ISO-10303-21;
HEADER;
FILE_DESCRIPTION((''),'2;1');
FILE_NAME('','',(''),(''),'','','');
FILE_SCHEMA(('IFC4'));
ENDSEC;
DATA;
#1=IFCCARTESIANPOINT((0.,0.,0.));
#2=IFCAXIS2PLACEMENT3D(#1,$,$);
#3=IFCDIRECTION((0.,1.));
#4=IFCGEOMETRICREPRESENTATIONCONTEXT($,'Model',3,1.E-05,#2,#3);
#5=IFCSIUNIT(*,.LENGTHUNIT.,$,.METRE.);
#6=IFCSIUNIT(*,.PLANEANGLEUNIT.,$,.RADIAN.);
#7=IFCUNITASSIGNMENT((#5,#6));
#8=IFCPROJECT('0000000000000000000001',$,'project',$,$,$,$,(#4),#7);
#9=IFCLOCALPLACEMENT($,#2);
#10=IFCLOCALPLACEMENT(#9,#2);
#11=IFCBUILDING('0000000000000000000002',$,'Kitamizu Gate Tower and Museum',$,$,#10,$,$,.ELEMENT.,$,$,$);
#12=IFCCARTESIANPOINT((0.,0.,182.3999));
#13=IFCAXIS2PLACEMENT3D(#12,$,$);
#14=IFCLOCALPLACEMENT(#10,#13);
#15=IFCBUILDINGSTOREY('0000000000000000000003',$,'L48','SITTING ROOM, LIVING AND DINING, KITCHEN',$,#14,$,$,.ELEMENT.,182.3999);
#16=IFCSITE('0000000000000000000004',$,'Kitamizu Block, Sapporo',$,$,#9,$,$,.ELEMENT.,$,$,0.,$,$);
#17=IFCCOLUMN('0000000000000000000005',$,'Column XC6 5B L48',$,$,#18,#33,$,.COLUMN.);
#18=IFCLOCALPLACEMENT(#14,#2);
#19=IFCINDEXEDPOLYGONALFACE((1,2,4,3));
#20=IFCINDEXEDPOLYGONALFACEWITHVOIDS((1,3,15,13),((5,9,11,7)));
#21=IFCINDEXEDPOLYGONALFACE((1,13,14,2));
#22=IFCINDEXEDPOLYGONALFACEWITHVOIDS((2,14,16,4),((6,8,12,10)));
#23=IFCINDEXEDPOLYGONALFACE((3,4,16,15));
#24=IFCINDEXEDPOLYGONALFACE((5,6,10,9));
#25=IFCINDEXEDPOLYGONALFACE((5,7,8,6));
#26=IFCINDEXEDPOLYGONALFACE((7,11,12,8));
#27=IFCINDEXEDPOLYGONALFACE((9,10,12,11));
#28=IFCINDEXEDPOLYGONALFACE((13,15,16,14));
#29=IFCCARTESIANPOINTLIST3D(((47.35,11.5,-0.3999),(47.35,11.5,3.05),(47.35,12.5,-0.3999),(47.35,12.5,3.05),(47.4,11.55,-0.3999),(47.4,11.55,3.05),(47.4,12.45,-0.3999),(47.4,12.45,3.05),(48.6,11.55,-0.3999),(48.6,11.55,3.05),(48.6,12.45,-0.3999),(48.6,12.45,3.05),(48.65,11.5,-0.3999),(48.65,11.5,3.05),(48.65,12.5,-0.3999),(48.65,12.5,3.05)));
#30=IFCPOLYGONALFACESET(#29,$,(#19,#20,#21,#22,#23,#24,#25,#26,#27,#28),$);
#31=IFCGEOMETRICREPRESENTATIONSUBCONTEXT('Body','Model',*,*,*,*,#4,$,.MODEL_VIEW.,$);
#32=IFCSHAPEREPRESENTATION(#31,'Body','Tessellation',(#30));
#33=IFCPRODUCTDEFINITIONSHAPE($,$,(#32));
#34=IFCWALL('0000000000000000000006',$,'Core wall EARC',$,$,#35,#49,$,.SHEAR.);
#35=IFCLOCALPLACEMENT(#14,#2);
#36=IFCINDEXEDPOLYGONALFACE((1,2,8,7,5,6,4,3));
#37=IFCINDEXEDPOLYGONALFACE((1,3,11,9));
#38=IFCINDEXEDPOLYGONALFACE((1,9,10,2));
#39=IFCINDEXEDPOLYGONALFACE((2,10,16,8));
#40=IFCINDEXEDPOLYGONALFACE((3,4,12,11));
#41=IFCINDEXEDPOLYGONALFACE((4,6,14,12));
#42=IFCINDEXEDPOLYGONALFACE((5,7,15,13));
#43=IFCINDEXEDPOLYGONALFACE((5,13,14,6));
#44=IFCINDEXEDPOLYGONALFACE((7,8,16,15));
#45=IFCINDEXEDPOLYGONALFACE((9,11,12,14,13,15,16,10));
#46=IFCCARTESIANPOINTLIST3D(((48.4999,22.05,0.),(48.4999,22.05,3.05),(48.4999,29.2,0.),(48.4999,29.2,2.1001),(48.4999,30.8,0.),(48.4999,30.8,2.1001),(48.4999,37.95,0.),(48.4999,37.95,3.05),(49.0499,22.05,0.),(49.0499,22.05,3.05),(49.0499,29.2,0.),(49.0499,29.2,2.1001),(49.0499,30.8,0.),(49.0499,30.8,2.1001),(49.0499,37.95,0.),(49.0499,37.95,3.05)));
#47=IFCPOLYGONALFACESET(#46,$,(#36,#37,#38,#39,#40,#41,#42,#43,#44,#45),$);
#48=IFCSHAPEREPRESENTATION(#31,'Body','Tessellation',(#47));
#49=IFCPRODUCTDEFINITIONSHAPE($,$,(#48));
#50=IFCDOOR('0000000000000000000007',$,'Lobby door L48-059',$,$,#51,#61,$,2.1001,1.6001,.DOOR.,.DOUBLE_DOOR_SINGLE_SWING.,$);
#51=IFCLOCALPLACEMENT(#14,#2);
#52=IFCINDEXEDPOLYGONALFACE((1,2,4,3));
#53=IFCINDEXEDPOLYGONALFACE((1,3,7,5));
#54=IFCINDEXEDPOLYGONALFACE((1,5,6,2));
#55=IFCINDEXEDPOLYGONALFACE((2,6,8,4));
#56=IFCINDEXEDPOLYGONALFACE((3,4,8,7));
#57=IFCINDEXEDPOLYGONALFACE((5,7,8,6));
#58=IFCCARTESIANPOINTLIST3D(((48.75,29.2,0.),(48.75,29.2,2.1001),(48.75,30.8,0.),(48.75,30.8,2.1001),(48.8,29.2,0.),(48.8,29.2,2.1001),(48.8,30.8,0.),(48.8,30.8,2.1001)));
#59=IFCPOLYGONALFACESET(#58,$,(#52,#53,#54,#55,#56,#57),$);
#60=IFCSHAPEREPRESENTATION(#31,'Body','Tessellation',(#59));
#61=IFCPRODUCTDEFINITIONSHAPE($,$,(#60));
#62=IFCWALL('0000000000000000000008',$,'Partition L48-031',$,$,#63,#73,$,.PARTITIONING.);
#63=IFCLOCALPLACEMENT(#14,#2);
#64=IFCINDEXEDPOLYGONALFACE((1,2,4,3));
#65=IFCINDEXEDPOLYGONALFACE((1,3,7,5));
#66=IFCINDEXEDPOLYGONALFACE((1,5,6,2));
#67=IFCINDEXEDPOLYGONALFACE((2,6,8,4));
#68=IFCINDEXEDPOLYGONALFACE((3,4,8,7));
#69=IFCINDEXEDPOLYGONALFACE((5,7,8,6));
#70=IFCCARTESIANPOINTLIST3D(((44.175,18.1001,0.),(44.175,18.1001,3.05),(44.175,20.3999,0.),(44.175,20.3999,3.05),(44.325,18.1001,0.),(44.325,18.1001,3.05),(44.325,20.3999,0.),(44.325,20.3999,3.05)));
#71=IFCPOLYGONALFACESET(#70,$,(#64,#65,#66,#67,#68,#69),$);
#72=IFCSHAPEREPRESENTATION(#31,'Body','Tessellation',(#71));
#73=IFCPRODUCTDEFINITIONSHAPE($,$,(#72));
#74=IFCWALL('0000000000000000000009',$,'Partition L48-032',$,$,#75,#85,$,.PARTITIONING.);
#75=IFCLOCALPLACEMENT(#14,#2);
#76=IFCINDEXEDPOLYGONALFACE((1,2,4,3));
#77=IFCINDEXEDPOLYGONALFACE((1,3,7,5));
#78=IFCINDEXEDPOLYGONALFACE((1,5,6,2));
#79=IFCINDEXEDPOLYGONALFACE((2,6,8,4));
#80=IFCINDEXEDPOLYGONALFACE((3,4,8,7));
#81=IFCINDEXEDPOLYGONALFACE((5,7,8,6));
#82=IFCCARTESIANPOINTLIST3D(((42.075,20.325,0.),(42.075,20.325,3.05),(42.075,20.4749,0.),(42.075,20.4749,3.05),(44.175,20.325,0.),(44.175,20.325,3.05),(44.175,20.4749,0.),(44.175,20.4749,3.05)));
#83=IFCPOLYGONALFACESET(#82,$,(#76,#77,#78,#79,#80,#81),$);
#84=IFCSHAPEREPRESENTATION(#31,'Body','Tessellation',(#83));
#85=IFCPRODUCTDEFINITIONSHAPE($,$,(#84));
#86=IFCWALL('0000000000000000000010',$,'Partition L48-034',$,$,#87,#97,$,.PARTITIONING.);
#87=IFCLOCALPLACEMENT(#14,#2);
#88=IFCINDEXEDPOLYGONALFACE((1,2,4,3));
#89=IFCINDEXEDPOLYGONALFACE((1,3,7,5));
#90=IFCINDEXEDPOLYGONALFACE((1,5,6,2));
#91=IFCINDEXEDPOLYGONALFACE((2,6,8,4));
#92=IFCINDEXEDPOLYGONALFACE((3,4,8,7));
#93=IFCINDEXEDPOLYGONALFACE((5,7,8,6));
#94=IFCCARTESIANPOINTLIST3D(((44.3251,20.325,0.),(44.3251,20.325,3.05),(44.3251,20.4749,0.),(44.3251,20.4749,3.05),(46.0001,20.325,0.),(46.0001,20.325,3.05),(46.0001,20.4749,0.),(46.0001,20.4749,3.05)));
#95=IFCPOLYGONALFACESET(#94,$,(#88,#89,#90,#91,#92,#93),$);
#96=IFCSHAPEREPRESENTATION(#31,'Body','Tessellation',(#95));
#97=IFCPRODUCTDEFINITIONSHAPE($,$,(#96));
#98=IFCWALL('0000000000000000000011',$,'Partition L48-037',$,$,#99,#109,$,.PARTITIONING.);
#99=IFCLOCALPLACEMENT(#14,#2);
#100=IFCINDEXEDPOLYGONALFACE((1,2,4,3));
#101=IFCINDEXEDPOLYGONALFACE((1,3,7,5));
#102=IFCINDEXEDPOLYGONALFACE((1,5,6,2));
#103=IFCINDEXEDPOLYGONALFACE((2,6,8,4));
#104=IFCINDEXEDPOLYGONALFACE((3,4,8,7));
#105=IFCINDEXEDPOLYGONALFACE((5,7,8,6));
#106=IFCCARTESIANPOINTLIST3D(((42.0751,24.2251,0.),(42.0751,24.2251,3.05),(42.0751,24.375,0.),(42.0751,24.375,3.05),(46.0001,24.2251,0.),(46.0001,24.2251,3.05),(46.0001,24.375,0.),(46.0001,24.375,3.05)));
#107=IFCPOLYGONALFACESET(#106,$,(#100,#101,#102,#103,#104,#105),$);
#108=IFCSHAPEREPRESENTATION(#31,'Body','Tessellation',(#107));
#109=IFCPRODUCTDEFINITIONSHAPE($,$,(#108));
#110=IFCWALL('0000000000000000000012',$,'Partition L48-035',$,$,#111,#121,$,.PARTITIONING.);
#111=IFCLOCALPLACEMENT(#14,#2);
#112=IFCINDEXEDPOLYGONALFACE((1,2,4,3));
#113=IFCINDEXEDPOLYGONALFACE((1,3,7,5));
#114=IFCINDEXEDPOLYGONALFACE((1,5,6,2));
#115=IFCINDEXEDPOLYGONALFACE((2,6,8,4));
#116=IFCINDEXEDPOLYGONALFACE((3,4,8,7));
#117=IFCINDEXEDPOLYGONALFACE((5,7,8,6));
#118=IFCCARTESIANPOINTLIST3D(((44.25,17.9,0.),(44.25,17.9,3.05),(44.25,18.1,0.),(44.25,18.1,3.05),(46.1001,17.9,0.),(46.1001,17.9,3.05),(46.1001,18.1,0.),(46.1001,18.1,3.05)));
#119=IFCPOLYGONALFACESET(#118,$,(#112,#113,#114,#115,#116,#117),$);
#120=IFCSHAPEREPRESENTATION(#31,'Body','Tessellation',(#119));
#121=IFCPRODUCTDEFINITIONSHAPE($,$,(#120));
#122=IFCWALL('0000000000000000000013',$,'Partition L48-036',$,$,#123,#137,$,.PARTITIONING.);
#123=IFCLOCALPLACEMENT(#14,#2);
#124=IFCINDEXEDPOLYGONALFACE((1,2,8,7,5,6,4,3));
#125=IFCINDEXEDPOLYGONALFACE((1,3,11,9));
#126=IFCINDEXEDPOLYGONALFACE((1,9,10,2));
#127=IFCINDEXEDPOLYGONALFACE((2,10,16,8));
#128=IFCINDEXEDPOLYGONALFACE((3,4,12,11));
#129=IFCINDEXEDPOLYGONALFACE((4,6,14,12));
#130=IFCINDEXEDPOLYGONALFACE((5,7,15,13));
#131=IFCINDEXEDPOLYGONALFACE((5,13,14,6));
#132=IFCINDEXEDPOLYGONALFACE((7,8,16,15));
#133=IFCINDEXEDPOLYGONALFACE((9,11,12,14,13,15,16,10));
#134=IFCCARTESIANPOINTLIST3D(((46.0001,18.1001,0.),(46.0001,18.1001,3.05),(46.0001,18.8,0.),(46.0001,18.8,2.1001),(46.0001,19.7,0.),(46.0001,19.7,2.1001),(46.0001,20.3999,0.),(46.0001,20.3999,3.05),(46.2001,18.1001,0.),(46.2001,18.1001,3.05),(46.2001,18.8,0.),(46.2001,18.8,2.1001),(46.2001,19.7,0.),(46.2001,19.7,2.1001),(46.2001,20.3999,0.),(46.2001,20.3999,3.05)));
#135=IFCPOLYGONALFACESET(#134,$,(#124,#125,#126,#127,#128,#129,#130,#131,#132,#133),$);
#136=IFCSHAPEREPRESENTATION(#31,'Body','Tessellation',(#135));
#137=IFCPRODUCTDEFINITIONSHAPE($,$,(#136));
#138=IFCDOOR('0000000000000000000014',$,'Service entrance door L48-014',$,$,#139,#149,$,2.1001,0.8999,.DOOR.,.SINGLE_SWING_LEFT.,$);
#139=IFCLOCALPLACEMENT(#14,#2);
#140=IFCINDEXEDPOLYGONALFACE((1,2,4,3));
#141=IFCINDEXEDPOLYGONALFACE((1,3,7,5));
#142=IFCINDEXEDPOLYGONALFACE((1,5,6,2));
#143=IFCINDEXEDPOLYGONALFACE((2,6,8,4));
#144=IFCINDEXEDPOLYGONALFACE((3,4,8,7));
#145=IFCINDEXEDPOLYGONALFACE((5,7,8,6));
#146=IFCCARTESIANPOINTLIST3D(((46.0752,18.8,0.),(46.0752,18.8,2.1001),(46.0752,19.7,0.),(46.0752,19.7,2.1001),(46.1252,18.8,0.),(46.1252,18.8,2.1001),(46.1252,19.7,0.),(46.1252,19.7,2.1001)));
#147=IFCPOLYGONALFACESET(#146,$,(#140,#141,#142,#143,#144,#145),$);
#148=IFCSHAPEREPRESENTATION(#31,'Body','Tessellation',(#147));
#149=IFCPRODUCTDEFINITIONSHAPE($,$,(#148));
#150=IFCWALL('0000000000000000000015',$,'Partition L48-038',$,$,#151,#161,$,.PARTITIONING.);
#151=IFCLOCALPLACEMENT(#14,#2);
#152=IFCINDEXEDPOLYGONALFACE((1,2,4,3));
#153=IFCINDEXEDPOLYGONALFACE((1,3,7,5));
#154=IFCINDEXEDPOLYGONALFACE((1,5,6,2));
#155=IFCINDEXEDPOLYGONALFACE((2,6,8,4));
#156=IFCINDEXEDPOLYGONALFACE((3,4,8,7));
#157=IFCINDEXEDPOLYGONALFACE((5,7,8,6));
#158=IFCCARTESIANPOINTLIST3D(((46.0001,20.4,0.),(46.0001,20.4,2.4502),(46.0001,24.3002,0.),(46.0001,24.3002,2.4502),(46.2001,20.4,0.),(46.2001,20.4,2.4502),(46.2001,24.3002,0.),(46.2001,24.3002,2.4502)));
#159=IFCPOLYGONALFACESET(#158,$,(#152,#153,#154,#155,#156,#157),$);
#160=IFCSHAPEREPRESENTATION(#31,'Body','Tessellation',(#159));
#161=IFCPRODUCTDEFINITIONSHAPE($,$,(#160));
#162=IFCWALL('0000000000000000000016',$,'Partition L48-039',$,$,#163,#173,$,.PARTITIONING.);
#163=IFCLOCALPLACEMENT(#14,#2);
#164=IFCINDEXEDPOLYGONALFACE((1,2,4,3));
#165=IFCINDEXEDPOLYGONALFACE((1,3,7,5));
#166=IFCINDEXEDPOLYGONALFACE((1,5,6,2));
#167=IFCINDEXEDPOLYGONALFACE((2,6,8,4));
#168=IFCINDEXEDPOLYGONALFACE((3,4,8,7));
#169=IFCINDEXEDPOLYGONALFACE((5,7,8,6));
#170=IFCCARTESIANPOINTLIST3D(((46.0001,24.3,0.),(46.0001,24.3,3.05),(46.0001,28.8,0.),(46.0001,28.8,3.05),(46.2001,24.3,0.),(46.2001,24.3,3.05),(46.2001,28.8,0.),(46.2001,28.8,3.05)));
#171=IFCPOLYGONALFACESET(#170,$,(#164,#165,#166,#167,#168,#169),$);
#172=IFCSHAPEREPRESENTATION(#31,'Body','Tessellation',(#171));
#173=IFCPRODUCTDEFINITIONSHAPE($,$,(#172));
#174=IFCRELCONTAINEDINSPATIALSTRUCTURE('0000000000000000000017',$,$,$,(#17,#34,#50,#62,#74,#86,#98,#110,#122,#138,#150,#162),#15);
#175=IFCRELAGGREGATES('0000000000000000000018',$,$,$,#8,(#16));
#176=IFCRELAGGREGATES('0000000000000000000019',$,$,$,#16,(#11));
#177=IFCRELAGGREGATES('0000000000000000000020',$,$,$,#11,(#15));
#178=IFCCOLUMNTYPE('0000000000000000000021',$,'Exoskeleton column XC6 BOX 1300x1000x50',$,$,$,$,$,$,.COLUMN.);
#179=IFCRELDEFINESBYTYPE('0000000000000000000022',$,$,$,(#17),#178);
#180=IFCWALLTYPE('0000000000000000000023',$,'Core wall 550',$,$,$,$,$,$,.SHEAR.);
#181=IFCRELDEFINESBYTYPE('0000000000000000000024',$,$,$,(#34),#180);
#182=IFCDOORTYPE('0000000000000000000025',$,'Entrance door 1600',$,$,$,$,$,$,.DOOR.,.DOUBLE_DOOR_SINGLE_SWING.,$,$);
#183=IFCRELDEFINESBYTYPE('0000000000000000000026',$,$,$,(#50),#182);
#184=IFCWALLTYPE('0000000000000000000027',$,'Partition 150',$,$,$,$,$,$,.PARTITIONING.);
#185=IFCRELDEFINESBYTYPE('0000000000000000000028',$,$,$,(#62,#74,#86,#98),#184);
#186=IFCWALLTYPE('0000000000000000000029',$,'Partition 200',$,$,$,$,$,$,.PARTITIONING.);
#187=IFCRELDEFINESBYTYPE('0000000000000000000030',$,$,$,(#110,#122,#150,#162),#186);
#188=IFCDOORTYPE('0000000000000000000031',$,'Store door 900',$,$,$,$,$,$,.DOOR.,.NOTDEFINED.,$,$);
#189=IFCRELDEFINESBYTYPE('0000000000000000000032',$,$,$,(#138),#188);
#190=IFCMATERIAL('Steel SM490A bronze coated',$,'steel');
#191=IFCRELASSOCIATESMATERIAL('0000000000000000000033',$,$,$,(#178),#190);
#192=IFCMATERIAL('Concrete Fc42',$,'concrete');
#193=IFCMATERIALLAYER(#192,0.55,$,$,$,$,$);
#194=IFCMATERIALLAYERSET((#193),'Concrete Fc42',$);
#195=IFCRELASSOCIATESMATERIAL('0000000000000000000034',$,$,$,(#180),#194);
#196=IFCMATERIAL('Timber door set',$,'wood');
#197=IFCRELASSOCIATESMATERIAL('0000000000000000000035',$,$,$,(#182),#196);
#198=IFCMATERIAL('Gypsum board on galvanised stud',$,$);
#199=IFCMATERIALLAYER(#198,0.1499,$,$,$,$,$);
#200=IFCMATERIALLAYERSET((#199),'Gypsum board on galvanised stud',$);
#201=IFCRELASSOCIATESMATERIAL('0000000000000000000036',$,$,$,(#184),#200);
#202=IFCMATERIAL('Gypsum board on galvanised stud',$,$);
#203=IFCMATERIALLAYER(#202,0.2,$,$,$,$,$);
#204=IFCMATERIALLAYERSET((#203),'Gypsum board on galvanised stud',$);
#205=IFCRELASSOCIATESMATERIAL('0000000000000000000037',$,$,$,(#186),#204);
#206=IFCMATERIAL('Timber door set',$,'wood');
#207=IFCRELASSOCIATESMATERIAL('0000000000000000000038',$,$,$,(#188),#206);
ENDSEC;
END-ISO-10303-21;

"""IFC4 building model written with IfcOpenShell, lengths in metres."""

from ifc_helpers import new_model, si_unit, direction, frame, frame_2d, origin, origin_2d, place, context, subcontext, project, spatial, rectangle, hollow_rectangle, extrude, material, layer, layer_set, material_profile, profile_set, type_object, element, fill, save


model = new_model("IFC4")

# Units and contexts
model_context = context("Model", 3, precision=1e-05, world=origin(), true_north=direction((0.0, 1.0)))
body_context = subcontext(model_context, "Body", "Model", "MODEL_VIEW")
ifc_project = project(units=[si_unit("LENGTHUNIT", "METRE"), si_unit("PLANEANGLEUNIT", "RADIAN")], contexts=[model_context])

# Site, building, storey
site_placement = place(None, origin())
site = spatial("IfcSite", under=ifc_project, at=site_placement, Name="Kitamizu Block, Sapporo", CompositionType="ELEMENT", RefElevation=0.0)
building_placement = place(site_placement, origin())
building = spatial("IfcBuilding", under=site, at=building_placement, Name="Kitamizu Gate Tower and Museum", CompositionType="ELEMENT")
storey_placement = place(building_placement, frame((0.0, 0.0, 182.3999)))
storey = spatial("IfcBuildingStorey", under=building, at=storey_placement, Name="L48", Description="SITTING ROOM, LIVING AND DINING, KITCHEN", CompositionType="ELEMENT", Elevation=182.3999)

# Column
ifc_material_1 = material(Name="Steel SM490A bronze coated", Category="steel")
ifc_material_profile = material_profile(ifc_material_1, hollow_rectangle(XDim=1.3, YDim=1.0, WallThickness=0.05, at=origin_2d()), Name="BOX 1300x1000x50")
ifc_profile_set = profile_set([ifc_material_profile], Name="Steel SM490A bronze coated")
column_type = type_object("IfcColumnType", Name="Exoskeleton column XC6 BOX 1300x1000x50", PredefinedType="COLUMN", material=ifc_profile_set)
column_placement = place(storey_placement, frame((48.0, 12.0, -0.3999), z_axis=(0.0, 0.0, 1.0), x_axis=(1.0, 0.0, 0.0)))
element("IfcColumn", 1, at=column_placement, inside=storey, type_object=column_type, Name="Column XC6 5B L48", PredefinedType="COLUMN", context=body_context, shape_type="SweptSolid", body=[
    extrude(hollow_rectangle(XDim=1.3, YDim=1.0, WallThickness=0.05, at=origin_2d()), origin(), (0.0, 0.0, 1.0), 3.45),
])

# Wall, opening, door
ifc_material_2 = material(Name="Concrete Fc42", Category="concrete")
ifc_layer_1 = layer(ifc_material_2, 0.55)
ifc_layer_set_1 = layer_set([ifc_layer_1], Name="Concrete Fc42")
wall_type_1 = type_object("IfcWallType", Name="Core wall 550", PredefinedType="SHEAR", material=ifc_layer_set_1)
wall_1_placement = place(storey_placement, frame((48.7749, 22.05, 0.0), z_axis=(0.0, 0.0, 1.0), x_axis=(0.0, 1.0, 0.0)))
wall_1 = element("IfcWall", 2, at=wall_1_placement, inside=storey, type_object=wall_type_1, Name="Core wall EARC", PredefinedType="SHEAR", context=body_context, shape_type="SweptSolid", body=[
    extrude(rectangle(XDim=15.8999, YDim=0.55, at=frame_2d((7.95, 0.0))), origin(), (0.0, 0.0, 1.0), 3.05),
])
opening_1_placement = place(wall_1_placement, frame((7.1499, 0.0, 0.0)))
opening_1 = element("IfcOpeningElement", 3, at=opening_1_placement, cuts=wall_1, PredefinedType="OPENING", context=body_context, shape_type="SweptSolid", body=[
    extrude(rectangle(XDim=1.6001, YDim=2.1001, at=frame_2d((0.8, 1.05))), frame((0.0, 0.2852, 0.0), z_axis=(0.0, -1.0, 0.0), x_axis=(1.0, 0.0, 0.0)), (0.0, 0.0, 1.0), 0.5701),
])
ifc_material_3 = material(Name="Timber door set", Category="wood")
door_type_1 = type_object("IfcDoorType", Name="Entrance door 1600", OperationType="DOUBLE_DOOR_SINGLE_SWING", PredefinedType="DOOR", material=ifc_material_3)
door_1_placement = place(opening_1_placement, origin())
door_1 = element("IfcDoor", 4, at=door_1_placement, inside=storey, type_object=door_type_1, Name="Lobby door L48-059", OperationType="DOUBLE_DOOR_SINGLE_SWING", OverallHeight=2.1001, OverallWidth=1.6001, PredefinedType="DOOR", context=body_context, shape_type="SweptSolid", body=[
    extrude(rectangle(XDim=1.6001, YDim=2.1001, at=frame_2d((0.8, 1.05))), frame((0.0, 0.0249, 0.0), z_axis=(0.0, -1.0, 0.0), x_axis=(1.0, 0.0, 0.0)), (0.0, 0.0, 1.0), 0.05),
])
fill(opening_1, door_1)

# Walls
ifc_material_4 = material(Name="Gypsum board on galvanised stud")
ifc_layer_2 = layer(ifc_material_4, 0.1499)
ifc_layer_set_2 = layer_set([ifc_layer_2], Name="Gypsum board on galvanised stud")
wall_type_2 = type_object("IfcWallType", Name="Partition 150", PredefinedType="PARTITIONING", material=ifc_layer_set_2)
wall_2_placement = place(storey_placement, frame((44.25, 18.1001, 0.0), z_axis=(0.0, 0.0, 1.0), x_axis=(0.0, 1.0, 0.0)))
element("IfcWall", 5, at=wall_2_placement, inside=storey, type_object=wall_type_2, Name="Partition L48-031", PredefinedType="PARTITIONING", context=body_context, shape_type="SweptSolid", body=[
    extrude(rectangle(XDim=2.2998, YDim=0.1499, at=frame_2d((1.1499, 0.0))), origin(), (0.0, 0.0, 1.0), 3.05),
])
wall_3_placement = place(storey_placement, frame((44.175, 20.3999, 0.0), z_axis=(0.0, 0.0, 1.0), x_axis=(-1.0, 0.0, 0.0)))
element("IfcWall", 6, at=wall_3_placement, inside=storey, type_object=wall_type_2, Name="Partition L48-032", PredefinedType="PARTITIONING", context=body_context, shape_type="SweptSolid", body=[
    extrude(rectangle(XDim=2.1001, YDim=0.1499, at=frame_2d((1.05, 0.0))), origin(), (0.0, 0.0, 1.0), 3.05),
])
wall_4_placement = place(storey_placement, frame((46.0, 20.3999, 0.0), z_axis=(0.0, 0.0, 1.0), x_axis=(-1.0, 0.0, 0.0)))
element("IfcWall", 7, at=wall_4_placement, inside=storey, type_object=wall_type_2, Name="Partition L48-034", PredefinedType="PARTITIONING", context=body_context, shape_type="SweptSolid", body=[
    extrude(rectangle(XDim=1.675, YDim=0.1499, at=frame_2d((0.8374, 0.0))), origin(), (0.0, 0.0, 1.0), 3.05),
])
wall_5_placement = place(storey_placement, frame((46.0, 24.3, 0.0), z_axis=(0.0, 0.0, 1.0), x_axis=(-1.0, 0.0, 0.0)))
element("IfcWall", 8, at=wall_5_placement, inside=storey, type_object=wall_type_2, Name="Partition L48-037", PredefinedType="PARTITIONING", context=body_context, shape_type="SweptSolid", body=[
    extrude(rectangle(XDim=3.925, YDim=0.1499, at=frame_2d((1.9624, 0.0))), origin(), (0.0, 0.0, 1.0), 3.05),
])
ifc_material_5 = material(Name="Gypsum board on galvanised stud")
ifc_layer_3 = layer(ifc_material_5, 0.2)
ifc_layer_set_3 = layer_set([ifc_layer_3], Name="Gypsum board on galvanised stud")
wall_type_3 = type_object("IfcWallType", Name="Partition 200", PredefinedType="PARTITIONING", material=ifc_layer_set_3)
wall_6_placement = place(storey_placement, frame((44.25, 18.0, 0.0), z_axis=(0.0, 0.0, 1.0), x_axis=(1.0, 0.0, 0.0)))
element("IfcWall", 9, at=wall_6_placement, inside=storey, type_object=wall_type_3, Name="Partition L48-035", PredefinedType="PARTITIONING", context=body_context, shape_type="SweptSolid", body=[
    extrude(rectangle(XDim=1.8501, YDim=0.2, at=frame_2d((0.925, 0.0))), origin(), (0.0, 0.0, 1.0), 3.05),
])

# Wall, opening, door
wall_7_placement = place(storey_placement, frame((46.1001, 18.1001, 0.0), z_axis=(0.0, 0.0, 1.0), x_axis=(0.0, 1.0, 0.0)))
wall_7 = element("IfcWall", 10, at=wall_7_placement, inside=storey, type_object=wall_type_3, Name="Partition L48-036", PredefinedType="PARTITIONING", context=body_context, shape_type="SweptSolid", body=[
    extrude(rectangle(XDim=2.2998, YDim=0.2, at=frame_2d((1.1499, 0.0))), origin(), (0.0, 0.0, 1.0), 3.05),
])
opening_2_placement = place(wall_7_placement, frame((0.7, 0.0, 0.0)))
opening_2 = element("IfcOpeningElement", 11, at=opening_2_placement, cuts=wall_7, PredefinedType="OPENING", context=body_context, shape_type="SweptSolid", body=[
    extrude(rectangle(XDim=0.8999, YDim=2.1001, at=frame_2d((0.45, 1.05))), frame((0.0, 0.1099, 0.0), z_axis=(0.0, -1.0, 0.0), x_axis=(1.0, 0.0, 0.0)), (0.0, 0.0, 1.0), 0.22),
])
ifc_material_6 = material(Name="Timber door set", Category="wood")
door_type_2 = type_object("IfcDoorType", Name="Store door 900", OperationType="NOTDEFINED", PredefinedType="DOOR", material=ifc_material_6)
door_2_placement = place(opening_2_placement, origin())
door_2 = element("IfcDoor", 12, at=door_2_placement, inside=storey, type_object=door_type_2, Name="Service entrance door L48-014", OperationType="SINGLE_SWING_LEFT", OverallHeight=2.1001, OverallWidth=0.8999, PredefinedType="DOOR", context=body_context, shape_type="SweptSolid", body=[
    extrude(rectangle(XDim=0.8999, YDim=2.1001, at=frame_2d((0.45, 1.05))), frame((0.0, 0.0249, 0.0), z_axis=(0.0, -1.0, 0.0), x_axis=(1.0, 0.0, 0.0)), (0.0, 0.0, 1.0), 0.05),
])
fill(opening_2, door_2)

# Walls
wall_8_placement = place(storey_placement, frame((46.1001, 20.3999, 0.0), z_axis=(0.0, 0.0, 1.0), x_axis=(0.0, 1.0, 0.0)))
element("IfcWall", 13, at=wall_8_placement, inside=storey, type_object=wall_type_3, Name="Partition L48-038", PredefinedType="PARTITIONING", context=body_context, shape_type="SweptSolid", body=[
    extrude(rectangle(XDim=3.9001, YDim=0.2, at=frame_2d((1.9502, 0.0))), origin(), (0.0, 0.0, 1.0), 2.4502),
])
wall_9_placement = place(storey_placement, frame((46.1001, 24.3, 0.0), z_axis=(0.0, 0.0, 1.0), x_axis=(0.0, 1.0, 0.0)))
element("IfcWall", 14, at=wall_9_placement, inside=storey, type_object=wall_type_3, Name="Partition L48-039", PredefinedType="PARTITIONING", context=body_context, shape_type="SweptSolid", body=[
    extrude(rectangle(XDim=4.5, YDim=0.2, at=frame_2d((2.25, 0.0))), origin(), (0.0, 0.0, 1.0), 3.05),
])

save(model, "model.ifc")
